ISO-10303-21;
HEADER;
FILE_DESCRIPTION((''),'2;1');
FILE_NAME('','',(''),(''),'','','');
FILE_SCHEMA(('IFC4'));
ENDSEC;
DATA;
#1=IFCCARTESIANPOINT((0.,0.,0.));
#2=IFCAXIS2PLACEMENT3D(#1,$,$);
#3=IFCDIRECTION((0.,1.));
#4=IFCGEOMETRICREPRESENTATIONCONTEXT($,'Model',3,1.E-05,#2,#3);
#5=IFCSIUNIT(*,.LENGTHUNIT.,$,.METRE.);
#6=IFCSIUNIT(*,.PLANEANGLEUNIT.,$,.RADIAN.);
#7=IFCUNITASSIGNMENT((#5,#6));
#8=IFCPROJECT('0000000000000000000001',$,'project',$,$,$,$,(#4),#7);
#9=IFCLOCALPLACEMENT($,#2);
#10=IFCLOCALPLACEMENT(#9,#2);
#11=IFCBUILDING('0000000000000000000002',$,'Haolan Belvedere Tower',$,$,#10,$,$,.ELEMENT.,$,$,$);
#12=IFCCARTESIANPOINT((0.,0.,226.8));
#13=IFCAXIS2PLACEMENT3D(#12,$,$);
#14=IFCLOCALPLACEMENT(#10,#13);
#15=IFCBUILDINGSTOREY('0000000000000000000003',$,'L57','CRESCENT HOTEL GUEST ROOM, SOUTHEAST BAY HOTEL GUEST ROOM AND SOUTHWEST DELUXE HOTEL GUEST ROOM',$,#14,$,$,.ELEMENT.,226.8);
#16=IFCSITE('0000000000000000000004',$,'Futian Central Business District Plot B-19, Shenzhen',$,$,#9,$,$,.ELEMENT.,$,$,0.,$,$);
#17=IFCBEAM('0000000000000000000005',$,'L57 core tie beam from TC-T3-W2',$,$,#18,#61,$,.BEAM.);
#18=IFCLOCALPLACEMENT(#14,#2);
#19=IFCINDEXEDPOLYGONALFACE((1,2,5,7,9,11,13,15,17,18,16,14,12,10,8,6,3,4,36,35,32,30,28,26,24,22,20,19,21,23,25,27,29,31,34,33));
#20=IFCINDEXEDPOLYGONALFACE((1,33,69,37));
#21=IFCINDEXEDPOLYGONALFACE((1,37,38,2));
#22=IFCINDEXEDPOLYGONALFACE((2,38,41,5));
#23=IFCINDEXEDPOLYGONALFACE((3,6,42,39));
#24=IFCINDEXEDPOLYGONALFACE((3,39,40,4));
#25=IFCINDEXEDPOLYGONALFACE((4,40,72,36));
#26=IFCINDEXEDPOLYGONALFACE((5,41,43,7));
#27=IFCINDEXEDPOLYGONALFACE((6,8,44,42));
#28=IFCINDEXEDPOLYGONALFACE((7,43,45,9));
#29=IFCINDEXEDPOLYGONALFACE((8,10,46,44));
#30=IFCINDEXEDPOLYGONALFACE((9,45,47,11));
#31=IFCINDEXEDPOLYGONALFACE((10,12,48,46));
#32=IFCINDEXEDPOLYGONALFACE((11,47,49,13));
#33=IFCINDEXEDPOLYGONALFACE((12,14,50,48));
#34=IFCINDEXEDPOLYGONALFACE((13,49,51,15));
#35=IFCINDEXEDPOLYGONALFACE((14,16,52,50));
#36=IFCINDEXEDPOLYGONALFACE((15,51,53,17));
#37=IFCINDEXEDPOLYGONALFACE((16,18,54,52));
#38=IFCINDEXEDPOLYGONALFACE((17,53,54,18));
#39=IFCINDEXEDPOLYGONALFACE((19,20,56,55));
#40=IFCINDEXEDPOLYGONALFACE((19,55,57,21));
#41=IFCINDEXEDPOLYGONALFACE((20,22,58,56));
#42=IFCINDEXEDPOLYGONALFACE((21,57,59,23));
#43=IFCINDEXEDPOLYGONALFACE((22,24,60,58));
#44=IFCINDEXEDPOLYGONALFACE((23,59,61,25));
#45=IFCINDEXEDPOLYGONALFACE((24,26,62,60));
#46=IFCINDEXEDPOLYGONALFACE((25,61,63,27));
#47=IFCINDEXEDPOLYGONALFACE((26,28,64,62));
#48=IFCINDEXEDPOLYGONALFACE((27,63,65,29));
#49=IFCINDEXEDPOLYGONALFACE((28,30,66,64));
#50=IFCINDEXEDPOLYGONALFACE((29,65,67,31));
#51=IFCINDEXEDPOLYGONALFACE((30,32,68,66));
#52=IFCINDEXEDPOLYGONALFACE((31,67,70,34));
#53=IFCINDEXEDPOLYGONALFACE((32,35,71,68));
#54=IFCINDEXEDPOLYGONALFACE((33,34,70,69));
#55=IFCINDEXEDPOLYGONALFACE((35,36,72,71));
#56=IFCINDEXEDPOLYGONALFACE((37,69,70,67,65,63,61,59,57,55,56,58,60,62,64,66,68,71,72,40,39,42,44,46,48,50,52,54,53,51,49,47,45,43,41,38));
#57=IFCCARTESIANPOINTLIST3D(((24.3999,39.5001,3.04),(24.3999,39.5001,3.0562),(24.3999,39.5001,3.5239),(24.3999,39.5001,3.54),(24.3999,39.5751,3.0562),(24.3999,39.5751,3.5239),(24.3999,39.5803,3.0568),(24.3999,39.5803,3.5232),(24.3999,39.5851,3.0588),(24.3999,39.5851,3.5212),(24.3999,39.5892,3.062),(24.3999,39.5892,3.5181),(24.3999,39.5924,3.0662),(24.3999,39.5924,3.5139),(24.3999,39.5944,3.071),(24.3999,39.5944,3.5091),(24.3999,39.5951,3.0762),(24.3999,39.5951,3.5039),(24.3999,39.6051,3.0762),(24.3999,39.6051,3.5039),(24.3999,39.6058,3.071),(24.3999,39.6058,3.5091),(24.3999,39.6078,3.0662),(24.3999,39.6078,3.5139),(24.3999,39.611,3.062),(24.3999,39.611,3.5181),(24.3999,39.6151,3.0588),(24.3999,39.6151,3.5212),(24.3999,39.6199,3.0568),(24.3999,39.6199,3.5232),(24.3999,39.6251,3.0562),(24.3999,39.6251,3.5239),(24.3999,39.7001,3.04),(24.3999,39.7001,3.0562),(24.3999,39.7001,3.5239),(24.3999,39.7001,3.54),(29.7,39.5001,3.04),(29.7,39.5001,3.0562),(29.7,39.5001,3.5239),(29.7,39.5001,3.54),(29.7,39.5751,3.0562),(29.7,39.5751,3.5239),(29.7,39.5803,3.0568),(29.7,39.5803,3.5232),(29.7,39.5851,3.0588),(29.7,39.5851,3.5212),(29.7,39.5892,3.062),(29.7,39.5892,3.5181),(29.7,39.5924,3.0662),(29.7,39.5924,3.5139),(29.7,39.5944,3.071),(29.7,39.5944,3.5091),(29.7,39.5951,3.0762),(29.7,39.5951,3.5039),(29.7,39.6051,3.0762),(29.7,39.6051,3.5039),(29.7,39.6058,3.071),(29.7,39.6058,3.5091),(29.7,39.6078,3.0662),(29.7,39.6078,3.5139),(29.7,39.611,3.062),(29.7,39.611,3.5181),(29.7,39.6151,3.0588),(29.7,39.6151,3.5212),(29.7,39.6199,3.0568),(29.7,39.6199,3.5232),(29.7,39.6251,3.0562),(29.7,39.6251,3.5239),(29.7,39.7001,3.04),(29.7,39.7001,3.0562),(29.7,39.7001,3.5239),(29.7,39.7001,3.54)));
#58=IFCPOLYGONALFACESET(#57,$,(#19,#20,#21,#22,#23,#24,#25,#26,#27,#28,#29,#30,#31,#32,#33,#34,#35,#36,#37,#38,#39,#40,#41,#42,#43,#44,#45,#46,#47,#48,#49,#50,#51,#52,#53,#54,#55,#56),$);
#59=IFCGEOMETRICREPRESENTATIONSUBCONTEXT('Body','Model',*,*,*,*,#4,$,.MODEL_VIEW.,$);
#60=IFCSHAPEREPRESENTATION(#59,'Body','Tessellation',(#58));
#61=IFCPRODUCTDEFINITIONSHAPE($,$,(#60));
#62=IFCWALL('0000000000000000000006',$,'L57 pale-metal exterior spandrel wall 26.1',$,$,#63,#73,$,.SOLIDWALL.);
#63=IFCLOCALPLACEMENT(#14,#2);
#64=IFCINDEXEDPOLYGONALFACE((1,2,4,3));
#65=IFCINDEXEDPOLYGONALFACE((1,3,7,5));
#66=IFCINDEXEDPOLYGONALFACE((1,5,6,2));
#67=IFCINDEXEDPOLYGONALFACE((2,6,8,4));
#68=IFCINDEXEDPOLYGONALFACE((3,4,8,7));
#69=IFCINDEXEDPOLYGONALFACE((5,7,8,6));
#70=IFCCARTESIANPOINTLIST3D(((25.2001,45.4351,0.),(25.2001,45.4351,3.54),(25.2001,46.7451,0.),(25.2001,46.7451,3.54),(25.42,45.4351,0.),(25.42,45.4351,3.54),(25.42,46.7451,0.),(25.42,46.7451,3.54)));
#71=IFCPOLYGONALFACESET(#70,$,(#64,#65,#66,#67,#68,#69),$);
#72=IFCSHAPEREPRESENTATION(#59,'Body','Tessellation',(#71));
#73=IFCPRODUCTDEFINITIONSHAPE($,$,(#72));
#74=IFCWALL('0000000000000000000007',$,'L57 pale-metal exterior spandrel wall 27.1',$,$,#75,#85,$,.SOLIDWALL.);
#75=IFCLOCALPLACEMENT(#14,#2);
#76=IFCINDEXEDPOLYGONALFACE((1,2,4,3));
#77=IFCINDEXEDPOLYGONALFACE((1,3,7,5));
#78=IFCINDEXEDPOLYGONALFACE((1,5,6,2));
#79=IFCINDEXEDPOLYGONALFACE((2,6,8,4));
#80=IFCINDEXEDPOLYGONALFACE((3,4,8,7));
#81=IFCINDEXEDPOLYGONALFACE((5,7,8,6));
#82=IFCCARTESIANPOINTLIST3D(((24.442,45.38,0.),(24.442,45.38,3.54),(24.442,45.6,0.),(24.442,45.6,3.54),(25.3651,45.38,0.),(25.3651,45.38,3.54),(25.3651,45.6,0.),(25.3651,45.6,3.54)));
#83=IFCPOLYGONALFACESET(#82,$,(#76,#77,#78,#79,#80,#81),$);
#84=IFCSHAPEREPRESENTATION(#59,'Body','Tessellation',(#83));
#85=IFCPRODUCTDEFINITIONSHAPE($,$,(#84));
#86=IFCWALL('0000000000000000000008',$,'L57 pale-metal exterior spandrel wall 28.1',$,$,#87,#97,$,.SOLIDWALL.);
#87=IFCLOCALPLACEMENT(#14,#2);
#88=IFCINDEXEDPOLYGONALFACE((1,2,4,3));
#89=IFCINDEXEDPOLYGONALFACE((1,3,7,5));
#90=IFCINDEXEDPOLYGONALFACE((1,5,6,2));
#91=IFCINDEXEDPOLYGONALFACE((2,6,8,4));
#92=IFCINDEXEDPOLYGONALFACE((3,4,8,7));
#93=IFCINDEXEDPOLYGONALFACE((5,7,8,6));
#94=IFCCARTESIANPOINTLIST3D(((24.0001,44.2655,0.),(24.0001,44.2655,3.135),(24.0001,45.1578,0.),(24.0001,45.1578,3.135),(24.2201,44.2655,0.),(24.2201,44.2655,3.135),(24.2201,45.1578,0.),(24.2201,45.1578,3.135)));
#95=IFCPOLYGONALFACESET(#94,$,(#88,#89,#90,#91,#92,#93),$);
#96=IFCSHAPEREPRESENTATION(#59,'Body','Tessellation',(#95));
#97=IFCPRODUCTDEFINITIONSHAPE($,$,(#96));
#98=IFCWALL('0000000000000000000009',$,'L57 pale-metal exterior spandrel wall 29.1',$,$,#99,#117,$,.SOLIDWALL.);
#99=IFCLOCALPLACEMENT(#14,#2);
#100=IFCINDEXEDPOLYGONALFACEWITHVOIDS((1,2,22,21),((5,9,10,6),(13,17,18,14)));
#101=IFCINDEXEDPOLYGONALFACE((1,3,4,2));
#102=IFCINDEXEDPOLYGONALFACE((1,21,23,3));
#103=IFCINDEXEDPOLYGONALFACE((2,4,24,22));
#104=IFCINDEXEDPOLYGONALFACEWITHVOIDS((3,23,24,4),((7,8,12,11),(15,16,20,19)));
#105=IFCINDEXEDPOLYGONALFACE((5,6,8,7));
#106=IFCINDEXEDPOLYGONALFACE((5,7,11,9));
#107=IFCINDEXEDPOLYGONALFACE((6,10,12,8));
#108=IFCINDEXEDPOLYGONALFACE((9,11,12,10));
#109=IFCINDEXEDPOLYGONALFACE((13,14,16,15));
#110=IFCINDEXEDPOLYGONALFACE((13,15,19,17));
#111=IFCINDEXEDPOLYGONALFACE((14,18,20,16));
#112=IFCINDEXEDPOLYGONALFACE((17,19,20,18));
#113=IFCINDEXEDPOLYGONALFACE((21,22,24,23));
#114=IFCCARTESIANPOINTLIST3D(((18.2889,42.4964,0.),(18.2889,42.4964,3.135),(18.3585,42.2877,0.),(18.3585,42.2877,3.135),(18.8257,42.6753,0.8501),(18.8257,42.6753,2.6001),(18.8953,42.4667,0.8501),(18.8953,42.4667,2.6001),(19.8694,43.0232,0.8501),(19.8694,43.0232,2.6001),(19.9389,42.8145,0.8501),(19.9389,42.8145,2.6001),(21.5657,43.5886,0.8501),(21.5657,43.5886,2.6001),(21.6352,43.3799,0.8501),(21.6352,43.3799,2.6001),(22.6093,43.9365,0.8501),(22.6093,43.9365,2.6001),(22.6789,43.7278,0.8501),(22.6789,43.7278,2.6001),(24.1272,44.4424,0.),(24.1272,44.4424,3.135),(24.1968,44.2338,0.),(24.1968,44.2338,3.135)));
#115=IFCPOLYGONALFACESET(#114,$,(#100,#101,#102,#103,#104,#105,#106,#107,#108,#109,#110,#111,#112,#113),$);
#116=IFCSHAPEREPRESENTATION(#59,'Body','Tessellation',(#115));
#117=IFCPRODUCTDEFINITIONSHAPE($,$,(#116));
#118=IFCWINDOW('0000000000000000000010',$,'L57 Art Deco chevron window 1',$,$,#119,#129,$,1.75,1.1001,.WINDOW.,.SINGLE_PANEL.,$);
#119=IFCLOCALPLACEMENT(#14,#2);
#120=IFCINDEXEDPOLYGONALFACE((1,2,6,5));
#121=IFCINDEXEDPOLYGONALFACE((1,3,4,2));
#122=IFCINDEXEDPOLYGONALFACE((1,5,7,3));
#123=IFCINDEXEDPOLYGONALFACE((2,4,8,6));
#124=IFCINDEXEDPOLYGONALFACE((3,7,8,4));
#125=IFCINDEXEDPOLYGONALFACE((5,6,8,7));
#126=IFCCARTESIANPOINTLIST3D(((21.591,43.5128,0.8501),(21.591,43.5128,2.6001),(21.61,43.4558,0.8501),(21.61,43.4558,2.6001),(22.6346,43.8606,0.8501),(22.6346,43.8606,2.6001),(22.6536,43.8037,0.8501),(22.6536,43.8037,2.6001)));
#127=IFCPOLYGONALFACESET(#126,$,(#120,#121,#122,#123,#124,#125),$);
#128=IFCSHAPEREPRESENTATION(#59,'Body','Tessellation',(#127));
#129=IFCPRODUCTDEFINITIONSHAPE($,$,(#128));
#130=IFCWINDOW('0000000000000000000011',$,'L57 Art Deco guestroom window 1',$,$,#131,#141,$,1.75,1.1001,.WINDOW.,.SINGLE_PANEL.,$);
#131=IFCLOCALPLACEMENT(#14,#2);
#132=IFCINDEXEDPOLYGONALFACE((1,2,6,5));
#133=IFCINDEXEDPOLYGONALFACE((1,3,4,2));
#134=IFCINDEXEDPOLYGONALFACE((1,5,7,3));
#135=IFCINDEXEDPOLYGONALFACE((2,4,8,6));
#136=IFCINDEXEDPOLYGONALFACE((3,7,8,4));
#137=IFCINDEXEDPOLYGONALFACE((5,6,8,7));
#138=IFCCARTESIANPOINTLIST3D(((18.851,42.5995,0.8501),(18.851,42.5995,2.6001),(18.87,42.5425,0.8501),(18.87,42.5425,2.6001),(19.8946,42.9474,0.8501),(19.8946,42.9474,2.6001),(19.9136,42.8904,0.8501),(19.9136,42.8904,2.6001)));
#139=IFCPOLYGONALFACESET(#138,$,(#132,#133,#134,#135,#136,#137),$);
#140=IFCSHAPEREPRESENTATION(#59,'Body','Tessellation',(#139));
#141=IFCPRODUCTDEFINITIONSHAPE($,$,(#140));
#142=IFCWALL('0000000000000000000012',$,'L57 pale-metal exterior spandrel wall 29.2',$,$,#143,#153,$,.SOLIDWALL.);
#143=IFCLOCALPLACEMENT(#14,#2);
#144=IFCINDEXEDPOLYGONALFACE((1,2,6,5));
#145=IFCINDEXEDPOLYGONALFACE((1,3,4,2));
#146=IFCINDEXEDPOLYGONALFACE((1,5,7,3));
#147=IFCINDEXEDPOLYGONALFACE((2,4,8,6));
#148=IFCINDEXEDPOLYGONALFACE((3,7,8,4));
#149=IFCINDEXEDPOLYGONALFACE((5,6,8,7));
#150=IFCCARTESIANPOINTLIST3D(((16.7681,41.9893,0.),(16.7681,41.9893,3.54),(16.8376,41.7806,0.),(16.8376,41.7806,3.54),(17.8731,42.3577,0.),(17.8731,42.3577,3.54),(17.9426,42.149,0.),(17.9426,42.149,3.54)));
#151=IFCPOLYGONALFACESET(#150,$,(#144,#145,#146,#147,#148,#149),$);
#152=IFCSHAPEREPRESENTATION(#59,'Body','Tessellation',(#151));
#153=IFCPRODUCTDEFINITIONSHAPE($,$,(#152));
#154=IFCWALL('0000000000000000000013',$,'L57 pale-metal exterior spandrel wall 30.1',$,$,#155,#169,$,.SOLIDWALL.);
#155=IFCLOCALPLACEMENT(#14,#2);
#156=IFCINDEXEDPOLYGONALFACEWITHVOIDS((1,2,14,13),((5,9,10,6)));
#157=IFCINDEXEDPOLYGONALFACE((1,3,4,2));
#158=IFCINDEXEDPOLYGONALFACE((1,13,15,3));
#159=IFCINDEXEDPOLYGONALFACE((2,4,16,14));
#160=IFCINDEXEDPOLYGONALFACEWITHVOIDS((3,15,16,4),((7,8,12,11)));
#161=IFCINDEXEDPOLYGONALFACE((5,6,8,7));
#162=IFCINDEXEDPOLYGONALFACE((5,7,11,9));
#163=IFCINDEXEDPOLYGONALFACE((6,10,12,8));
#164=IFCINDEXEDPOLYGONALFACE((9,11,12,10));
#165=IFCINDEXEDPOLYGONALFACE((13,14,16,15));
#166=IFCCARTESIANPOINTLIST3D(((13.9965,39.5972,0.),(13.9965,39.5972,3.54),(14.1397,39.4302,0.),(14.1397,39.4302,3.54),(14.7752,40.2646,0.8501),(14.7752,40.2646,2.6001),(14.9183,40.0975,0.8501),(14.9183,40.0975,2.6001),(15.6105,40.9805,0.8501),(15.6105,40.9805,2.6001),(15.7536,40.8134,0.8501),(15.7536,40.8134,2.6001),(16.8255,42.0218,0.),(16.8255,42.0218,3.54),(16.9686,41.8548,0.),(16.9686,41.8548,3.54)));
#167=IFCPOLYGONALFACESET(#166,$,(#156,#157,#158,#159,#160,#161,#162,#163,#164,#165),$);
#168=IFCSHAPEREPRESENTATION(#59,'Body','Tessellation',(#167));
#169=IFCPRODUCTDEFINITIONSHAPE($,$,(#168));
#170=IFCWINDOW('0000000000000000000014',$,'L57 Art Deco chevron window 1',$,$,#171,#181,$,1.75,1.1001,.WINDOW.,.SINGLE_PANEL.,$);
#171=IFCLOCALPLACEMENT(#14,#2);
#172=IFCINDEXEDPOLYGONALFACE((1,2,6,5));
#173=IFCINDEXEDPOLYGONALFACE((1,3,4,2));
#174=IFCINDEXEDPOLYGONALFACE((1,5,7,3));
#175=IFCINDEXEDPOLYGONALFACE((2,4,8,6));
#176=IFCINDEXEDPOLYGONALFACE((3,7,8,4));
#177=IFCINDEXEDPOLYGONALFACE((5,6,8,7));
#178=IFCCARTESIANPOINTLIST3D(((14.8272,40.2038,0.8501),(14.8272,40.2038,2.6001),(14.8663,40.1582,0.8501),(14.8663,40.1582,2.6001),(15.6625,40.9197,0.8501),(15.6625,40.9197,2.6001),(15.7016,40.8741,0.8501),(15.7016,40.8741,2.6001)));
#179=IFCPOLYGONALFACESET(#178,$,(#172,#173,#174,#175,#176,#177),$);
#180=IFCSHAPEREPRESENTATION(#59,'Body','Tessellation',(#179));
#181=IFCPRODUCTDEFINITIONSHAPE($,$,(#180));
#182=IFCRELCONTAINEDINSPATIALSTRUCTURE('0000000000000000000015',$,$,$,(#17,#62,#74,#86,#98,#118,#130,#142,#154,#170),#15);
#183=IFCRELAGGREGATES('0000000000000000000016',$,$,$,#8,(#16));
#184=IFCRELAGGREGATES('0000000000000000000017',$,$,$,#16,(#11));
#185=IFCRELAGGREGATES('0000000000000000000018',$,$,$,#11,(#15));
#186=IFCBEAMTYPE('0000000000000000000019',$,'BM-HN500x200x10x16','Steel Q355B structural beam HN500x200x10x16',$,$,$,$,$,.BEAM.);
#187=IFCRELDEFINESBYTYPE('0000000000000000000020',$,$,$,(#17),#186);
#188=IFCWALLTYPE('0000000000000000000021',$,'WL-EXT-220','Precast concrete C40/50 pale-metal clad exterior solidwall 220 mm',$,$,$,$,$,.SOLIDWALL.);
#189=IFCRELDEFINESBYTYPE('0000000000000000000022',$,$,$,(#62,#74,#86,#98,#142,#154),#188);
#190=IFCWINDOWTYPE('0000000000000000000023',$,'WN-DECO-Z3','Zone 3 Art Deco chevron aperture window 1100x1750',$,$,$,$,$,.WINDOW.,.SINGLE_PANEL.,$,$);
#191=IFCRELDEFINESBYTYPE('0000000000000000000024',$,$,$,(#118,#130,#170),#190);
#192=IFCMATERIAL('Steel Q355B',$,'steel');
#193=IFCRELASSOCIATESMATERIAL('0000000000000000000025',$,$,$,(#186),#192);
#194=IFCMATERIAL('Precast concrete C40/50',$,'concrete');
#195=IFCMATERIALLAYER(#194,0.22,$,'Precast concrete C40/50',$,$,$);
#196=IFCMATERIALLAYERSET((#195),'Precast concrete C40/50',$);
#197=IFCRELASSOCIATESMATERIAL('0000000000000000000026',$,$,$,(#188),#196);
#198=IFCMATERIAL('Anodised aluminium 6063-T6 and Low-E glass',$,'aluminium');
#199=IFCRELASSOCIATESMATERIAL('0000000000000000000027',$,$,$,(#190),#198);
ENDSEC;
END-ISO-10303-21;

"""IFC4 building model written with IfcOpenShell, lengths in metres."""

from ifc_helpers import new_model, si_unit, direction, frame, frame_2d, origin, origin_2d, place, context, subcontext, project, spatial, rectangle, i_section, extrude, material, layer, layer_set, material_profile, profile_set, type_object, element, fill, save


model = new_model("IFC4")

# Units and contexts
model_context = context("Model", 3, precision=1e-05, world=origin(), true_north=direction((0.0, 1.0)))
body_context = subcontext(model_context, "Body", "Model", "MODEL_VIEW")
ifc_project = project(units=[si_unit("LENGTHUNIT", "METRE"), si_unit("PLANEANGLEUNIT", "RADIAN")], contexts=[model_context])

# Site, building, storey
site_placement = place(None, origin())
site = spatial("IfcSite", under=ifc_project, at=site_placement, Name="Futian Central Business District Plot B-19, Shenzhen", CompositionType="ELEMENT", RefElevation=0.0)
building_placement = place(site_placement, origin())
building = spatial("IfcBuilding", under=site, at=building_placement, Name="Haolan Belvedere Tower", CompositionType="ELEMENT")
storey_placement = place(building_placement, frame((0.0, 0.0, 226.8)))
storey = spatial("IfcBuildingStorey", under=building, at=storey_placement, Name="L57", Description="CRESCENT HOTEL GUEST ROOM, SOUTHEAST BAY HOTEL GUEST ROOM AND SOUTHWEST DELUXE HOTEL GUEST ROOM", CompositionType="ELEMENT", Elevation=226.8)

# Beam
ifc_material_1 = material(Name="Steel Q355B", Category="steel")
ifc_material_profile_1 = material_profile(ifc_material_1, i_section(OverallWidth=0.2, OverallDepth=0.5, WebThickness=0.01, FlangeThickness=0.0161, FilletRadius=0.02, at=origin_2d()), Name="Steel Q355B")
ifc_profile_set_1 = profile_set([ifc_material_profile_1], Name="Steel Q355B")
beam_type_1 = type_object("IfcBeamType", Name="BM-HN500x200x10x16", Description="Steel Q355B structural beam HN500x200x10x16", PredefinedType="BEAM", material=ifc_profile_set_1)
beam_1_placement = place(storey_placement, frame((24.3999, 39.6001, 3.29), z_axis=(1.0, 0.0, 0.0), x_axis=(0.0, 1.0, 0.0)))
element("IfcBeam", 1, at=beam_1_placement, inside=storey, type_object=beam_type_1, Name="L57 core tie beam from TC-T3-W2", PredefinedType="BEAM", context=body_context, shape_type="SweptSolid", body=[
    extrude(i_section(OverallWidth=0.2, OverallDepth=0.5, WebThickness=0.01, FlangeThickness=0.0161, FilletRadius=0.02, at=origin_2d()), origin(), (0.0, 0.0, 1.0), 5.3),
])

# Walls
ifc_material_2 = material(Name="Precast concrete C40/50", Category="concrete")
ifc_layer_1 = layer(ifc_material_2, 0.22, Name="Precast concrete C40/50")
ifc_layer_set_1 = layer_set([ifc_layer_1], Name="Precast concrete C40/50")
wall_type_1 = type_object("IfcWallType", Name="WL-EXT-220", Description="Precast concrete C40/50 pale-metal clad exterior solidwall 220 mm", PredefinedType="SOLIDWALL", material=ifc_layer_set_1)
wall_1_placement = place(storey_placement, frame((25.3101, 46.7451, 0.0), z_axis=(0.0, 0.0, 1.0), x_axis=(0.0, -1.0, 0.0)))
element("IfcWall", 2, at=wall_1_placement, inside=storey, type_object=wall_type_1, Name="L57 pale-metal exterior spandrel wall 26.1", PredefinedType="SOLIDWALL", context=body_context, shape_type="SweptSolid", body=[
    extrude(rectangle(XDim=1.3101, YDim=0.22, at=frame_2d((0.655, 0.0))), origin(), (0.0, 0.0, 1.0), 3.54),
])
wall_2_placement = place(storey_placement, frame((25.365, 45.49, 0.0), z_axis=(0.0, 0.0, 1.0), x_axis=(-1.0, 0.0, 0.0)))
element("IfcWall", 3, at=wall_2_placement, inside=storey, type_object=wall_type_1, Name="L57 pale-metal exterior spandrel wall 27.1", PredefinedType="SOLIDWALL", context=body_context, shape_type="SweptSolid", body=[
    extrude(rectangle(XDim=0.9231, YDim=0.22, at=frame_2d((0.4614, 0.0))), origin(), (0.0, 0.0, 1.0), 3.54),
])
wall_3_placement = place(storey_placement, frame((24.1101, 45.158, 0.0), z_axis=(0.0, 0.0, 1.0), x_axis=(0.0, -1.0, 0.0)))
element("IfcWall", 4, at=wall_3_placement, inside=storey, type_object=wall_type_1, Name="L57 pale-metal exterior spandrel wall 28.1", PredefinedType="SOLIDWALL", context=body_context, shape_type="SweptSolid", body=[
    extrude(rectangle(XDim=0.8923, YDim=0.22, at=frame_2d((0.4463, 0.0))), origin(), (0.0, 0.0, 1.0), 3.135),
])

# Wall, openings, windows
wall_4_placement = place(storey_placement, frame((24.1621, 44.3381, 0.0), z_axis=(0.0, 0.0, 1.0), x_axis=(-0.948687, -0.316216, 0.0)))
wall_4 = element("IfcWall", 5, at=wall_4_placement, inside=storey, type_object=wall_type_1, Name="L57 pale-metal exterior spandrel wall 29.1", PredefinedType="SOLIDWALL", context=body_context, shape_type="SweptSolid", body=[
    extrude(rectangle(XDim=6.1541, YDim=0.22, at=frame_2d((3.0771, 0.0))), origin(), (0.0, 0.0, 1.0), 3.135),
])
opening_1_placement = place(wall_4_placement, frame((1.6001, 0.0, 0.8501)))
opening_1 = element("IfcOpeningElement", 6, at=opening_1_placement, cuts=wall_4, PredefinedType="OPENING", context=body_context, shape_type="SweptSolid", body=[
    extrude(rectangle(XDim=1.1001, YDim=1.75, at=frame_2d((0.55, 0.875))), frame((0.0, 0.1199, 0.0), z_axis=(0.0, -1.0, 0.0), x_axis=(1.0, 0.0, 0.0)), (0.0, 0.0, 1.0), 0.24),
])
opening_2_placement = place(wall_4_placement, frame((4.4883, 0.0, 0.8501)))
opening_2 = element("IfcOpeningElement", 7, at=opening_2_placement, cuts=wall_4, PredefinedType="OPENING", context=body_context, shape_type="SweptSolid", body=[
    extrude(rectangle(XDim=1.1001, YDim=1.75, at=frame_2d((0.55, 0.875))), frame((0.0, 0.1199, 0.0), z_axis=(0.0, -1.0, 0.0), x_axis=(1.0, 0.0, 0.0)), (0.0, 0.0, 1.0), 0.24),
])
ifc_material_3 = material(Name="Anodised aluminium 6063-T6 and Low-E glass", Category="aluminium")
window_type = type_object("IfcWindowType", Name="WN-DECO-Z3", Description="Zone 3 Art Deco chevron aperture window 1100x1750", PartitioningType="SINGLE_PANEL", PredefinedType="WINDOW", material=ifc_material_3)
window_1_placement = place(opening_1_placement, origin())
window_1 = element("IfcWindow", 8, at=window_1_placement, inside=storey, type_object=window_type, Name="L57 Art Deco chevron window 1", OverallHeight=1.75, OverallWidth=1.1001, PartitioningType="SINGLE_PANEL", PredefinedType="WINDOW", context=body_context, shape_type="SweptSolid", body=[
    extrude(rectangle(XDim=1.1001, YDim=1.75, at=frame_2d((0.55, 0.875))), frame((0.0, 0.03, 0.0), z_axis=(0.0, -1.0, 0.0), x_axis=(1.0, 0.0, 0.0)), (0.0, 0.0, 1.0), 0.0601),
])
fill(opening_1, window_1)
window_2_placement = place(opening_2_placement, origin())
window_2 = element("IfcWindow", 9, at=window_2_placement, inside=storey, type_object=window_type, Name="L57 Art Deco guestroom window 1", OverallHeight=1.75, OverallWidth=1.1001, PartitioningType="SINGLE_PANEL", PredefinedType="WINDOW", context=body_context, shape_type="SweptSolid", body=[
    extrude(rectangle(XDim=1.1001, YDim=1.75, at=frame_2d((0.55, 0.875))), frame((0.0, 0.03, 0.0), z_axis=(0.0, -1.0, 0.0), x_axis=(1.0, 0.0, 0.0)), (0.0, 0.0, 1.0), 0.0601),
])
fill(opening_2, window_2)

# Wall
wall_5_placement = place(storey_placement, frame((17.908, 42.2534, 0.0), z_axis=(0.0, 0.0, 1.0), x_axis=(-0.948662, -0.316291, 0.0)))
element("IfcWall", 10, at=wall_5_placement, inside=storey, type_object=wall_type_1, Name="L57 pale-metal exterior spandrel wall 29.2", PredefinedType="SOLIDWALL", context=body_context, shape_type="SweptSolid", body=[
    extrude(rectangle(XDim=1.1648, YDim=0.22, at=frame_2d((0.5825, 0.0))), origin(), (0.0, 0.0, 1.0), 3.54),
])

# Wall, opening, window
wall_6_placement = place(storey_placement, frame((16.897, 41.9382, 0.0), z_axis=(0.0, 0.0, 1.0), x_axis=(-0.75928, -0.650764, 0.0)))
wall_6 = element("IfcWall", 11, at=wall_6_placement, inside=storey, type_object=wall_type_1, Name="L57 pale-metal exterior spandrel wall 30.1", PredefinedType="SOLIDWALL", context=body_context, shape_type="SweptSolid", body=[
    extrude(rectangle(XDim=3.7258, YDim=0.22, at=frame_2d((1.8628, 0.0))), origin(), (0.0, 0.0, 1.0), 3.54),
])
opening_3_placement = place(wall_6_placement, frame((1.6001, 0.0, 0.8501)))
opening_3 = element("IfcOpeningElement", 12, at=opening_3_placement, cuts=wall_6, PredefinedType="OPENING", context=body_context, shape_type="SweptSolid", body=[
    extrude(rectangle(XDim=1.1001, YDim=1.75, at=frame_2d((0.55, 0.875))), frame((0.0, 0.1199, 0.0), z_axis=(0.0, -1.0, 0.0), x_axis=(1.0, 0.0, 0.0)), (0.0, 0.0, 1.0), 0.24),
])
window_3_placement = place(opening_3_placement, origin())
window_3 = element("IfcWindow", 13, at=window_3_placement, inside=storey, type_object=window_type, Name="L57 Art Deco chevron window 1", OverallHeight=1.75, OverallWidth=1.1001, PartitioningType="SINGLE_PANEL", PredefinedType="WINDOW", context=body_context, shape_type="SweptSolid", body=[
    extrude(rectangle(XDim=1.1001, YDim=1.75, at=frame_2d((0.55, 0.875))), frame((0.0, 0.03, 0.0), z_axis=(0.0, -1.0, 0.0), x_axis=(1.0, 0.0, 0.0)), (0.0, 0.0, 1.0), 0.0601),
])
fill(opening_3, window_3)

save(model, "model.ifc")
